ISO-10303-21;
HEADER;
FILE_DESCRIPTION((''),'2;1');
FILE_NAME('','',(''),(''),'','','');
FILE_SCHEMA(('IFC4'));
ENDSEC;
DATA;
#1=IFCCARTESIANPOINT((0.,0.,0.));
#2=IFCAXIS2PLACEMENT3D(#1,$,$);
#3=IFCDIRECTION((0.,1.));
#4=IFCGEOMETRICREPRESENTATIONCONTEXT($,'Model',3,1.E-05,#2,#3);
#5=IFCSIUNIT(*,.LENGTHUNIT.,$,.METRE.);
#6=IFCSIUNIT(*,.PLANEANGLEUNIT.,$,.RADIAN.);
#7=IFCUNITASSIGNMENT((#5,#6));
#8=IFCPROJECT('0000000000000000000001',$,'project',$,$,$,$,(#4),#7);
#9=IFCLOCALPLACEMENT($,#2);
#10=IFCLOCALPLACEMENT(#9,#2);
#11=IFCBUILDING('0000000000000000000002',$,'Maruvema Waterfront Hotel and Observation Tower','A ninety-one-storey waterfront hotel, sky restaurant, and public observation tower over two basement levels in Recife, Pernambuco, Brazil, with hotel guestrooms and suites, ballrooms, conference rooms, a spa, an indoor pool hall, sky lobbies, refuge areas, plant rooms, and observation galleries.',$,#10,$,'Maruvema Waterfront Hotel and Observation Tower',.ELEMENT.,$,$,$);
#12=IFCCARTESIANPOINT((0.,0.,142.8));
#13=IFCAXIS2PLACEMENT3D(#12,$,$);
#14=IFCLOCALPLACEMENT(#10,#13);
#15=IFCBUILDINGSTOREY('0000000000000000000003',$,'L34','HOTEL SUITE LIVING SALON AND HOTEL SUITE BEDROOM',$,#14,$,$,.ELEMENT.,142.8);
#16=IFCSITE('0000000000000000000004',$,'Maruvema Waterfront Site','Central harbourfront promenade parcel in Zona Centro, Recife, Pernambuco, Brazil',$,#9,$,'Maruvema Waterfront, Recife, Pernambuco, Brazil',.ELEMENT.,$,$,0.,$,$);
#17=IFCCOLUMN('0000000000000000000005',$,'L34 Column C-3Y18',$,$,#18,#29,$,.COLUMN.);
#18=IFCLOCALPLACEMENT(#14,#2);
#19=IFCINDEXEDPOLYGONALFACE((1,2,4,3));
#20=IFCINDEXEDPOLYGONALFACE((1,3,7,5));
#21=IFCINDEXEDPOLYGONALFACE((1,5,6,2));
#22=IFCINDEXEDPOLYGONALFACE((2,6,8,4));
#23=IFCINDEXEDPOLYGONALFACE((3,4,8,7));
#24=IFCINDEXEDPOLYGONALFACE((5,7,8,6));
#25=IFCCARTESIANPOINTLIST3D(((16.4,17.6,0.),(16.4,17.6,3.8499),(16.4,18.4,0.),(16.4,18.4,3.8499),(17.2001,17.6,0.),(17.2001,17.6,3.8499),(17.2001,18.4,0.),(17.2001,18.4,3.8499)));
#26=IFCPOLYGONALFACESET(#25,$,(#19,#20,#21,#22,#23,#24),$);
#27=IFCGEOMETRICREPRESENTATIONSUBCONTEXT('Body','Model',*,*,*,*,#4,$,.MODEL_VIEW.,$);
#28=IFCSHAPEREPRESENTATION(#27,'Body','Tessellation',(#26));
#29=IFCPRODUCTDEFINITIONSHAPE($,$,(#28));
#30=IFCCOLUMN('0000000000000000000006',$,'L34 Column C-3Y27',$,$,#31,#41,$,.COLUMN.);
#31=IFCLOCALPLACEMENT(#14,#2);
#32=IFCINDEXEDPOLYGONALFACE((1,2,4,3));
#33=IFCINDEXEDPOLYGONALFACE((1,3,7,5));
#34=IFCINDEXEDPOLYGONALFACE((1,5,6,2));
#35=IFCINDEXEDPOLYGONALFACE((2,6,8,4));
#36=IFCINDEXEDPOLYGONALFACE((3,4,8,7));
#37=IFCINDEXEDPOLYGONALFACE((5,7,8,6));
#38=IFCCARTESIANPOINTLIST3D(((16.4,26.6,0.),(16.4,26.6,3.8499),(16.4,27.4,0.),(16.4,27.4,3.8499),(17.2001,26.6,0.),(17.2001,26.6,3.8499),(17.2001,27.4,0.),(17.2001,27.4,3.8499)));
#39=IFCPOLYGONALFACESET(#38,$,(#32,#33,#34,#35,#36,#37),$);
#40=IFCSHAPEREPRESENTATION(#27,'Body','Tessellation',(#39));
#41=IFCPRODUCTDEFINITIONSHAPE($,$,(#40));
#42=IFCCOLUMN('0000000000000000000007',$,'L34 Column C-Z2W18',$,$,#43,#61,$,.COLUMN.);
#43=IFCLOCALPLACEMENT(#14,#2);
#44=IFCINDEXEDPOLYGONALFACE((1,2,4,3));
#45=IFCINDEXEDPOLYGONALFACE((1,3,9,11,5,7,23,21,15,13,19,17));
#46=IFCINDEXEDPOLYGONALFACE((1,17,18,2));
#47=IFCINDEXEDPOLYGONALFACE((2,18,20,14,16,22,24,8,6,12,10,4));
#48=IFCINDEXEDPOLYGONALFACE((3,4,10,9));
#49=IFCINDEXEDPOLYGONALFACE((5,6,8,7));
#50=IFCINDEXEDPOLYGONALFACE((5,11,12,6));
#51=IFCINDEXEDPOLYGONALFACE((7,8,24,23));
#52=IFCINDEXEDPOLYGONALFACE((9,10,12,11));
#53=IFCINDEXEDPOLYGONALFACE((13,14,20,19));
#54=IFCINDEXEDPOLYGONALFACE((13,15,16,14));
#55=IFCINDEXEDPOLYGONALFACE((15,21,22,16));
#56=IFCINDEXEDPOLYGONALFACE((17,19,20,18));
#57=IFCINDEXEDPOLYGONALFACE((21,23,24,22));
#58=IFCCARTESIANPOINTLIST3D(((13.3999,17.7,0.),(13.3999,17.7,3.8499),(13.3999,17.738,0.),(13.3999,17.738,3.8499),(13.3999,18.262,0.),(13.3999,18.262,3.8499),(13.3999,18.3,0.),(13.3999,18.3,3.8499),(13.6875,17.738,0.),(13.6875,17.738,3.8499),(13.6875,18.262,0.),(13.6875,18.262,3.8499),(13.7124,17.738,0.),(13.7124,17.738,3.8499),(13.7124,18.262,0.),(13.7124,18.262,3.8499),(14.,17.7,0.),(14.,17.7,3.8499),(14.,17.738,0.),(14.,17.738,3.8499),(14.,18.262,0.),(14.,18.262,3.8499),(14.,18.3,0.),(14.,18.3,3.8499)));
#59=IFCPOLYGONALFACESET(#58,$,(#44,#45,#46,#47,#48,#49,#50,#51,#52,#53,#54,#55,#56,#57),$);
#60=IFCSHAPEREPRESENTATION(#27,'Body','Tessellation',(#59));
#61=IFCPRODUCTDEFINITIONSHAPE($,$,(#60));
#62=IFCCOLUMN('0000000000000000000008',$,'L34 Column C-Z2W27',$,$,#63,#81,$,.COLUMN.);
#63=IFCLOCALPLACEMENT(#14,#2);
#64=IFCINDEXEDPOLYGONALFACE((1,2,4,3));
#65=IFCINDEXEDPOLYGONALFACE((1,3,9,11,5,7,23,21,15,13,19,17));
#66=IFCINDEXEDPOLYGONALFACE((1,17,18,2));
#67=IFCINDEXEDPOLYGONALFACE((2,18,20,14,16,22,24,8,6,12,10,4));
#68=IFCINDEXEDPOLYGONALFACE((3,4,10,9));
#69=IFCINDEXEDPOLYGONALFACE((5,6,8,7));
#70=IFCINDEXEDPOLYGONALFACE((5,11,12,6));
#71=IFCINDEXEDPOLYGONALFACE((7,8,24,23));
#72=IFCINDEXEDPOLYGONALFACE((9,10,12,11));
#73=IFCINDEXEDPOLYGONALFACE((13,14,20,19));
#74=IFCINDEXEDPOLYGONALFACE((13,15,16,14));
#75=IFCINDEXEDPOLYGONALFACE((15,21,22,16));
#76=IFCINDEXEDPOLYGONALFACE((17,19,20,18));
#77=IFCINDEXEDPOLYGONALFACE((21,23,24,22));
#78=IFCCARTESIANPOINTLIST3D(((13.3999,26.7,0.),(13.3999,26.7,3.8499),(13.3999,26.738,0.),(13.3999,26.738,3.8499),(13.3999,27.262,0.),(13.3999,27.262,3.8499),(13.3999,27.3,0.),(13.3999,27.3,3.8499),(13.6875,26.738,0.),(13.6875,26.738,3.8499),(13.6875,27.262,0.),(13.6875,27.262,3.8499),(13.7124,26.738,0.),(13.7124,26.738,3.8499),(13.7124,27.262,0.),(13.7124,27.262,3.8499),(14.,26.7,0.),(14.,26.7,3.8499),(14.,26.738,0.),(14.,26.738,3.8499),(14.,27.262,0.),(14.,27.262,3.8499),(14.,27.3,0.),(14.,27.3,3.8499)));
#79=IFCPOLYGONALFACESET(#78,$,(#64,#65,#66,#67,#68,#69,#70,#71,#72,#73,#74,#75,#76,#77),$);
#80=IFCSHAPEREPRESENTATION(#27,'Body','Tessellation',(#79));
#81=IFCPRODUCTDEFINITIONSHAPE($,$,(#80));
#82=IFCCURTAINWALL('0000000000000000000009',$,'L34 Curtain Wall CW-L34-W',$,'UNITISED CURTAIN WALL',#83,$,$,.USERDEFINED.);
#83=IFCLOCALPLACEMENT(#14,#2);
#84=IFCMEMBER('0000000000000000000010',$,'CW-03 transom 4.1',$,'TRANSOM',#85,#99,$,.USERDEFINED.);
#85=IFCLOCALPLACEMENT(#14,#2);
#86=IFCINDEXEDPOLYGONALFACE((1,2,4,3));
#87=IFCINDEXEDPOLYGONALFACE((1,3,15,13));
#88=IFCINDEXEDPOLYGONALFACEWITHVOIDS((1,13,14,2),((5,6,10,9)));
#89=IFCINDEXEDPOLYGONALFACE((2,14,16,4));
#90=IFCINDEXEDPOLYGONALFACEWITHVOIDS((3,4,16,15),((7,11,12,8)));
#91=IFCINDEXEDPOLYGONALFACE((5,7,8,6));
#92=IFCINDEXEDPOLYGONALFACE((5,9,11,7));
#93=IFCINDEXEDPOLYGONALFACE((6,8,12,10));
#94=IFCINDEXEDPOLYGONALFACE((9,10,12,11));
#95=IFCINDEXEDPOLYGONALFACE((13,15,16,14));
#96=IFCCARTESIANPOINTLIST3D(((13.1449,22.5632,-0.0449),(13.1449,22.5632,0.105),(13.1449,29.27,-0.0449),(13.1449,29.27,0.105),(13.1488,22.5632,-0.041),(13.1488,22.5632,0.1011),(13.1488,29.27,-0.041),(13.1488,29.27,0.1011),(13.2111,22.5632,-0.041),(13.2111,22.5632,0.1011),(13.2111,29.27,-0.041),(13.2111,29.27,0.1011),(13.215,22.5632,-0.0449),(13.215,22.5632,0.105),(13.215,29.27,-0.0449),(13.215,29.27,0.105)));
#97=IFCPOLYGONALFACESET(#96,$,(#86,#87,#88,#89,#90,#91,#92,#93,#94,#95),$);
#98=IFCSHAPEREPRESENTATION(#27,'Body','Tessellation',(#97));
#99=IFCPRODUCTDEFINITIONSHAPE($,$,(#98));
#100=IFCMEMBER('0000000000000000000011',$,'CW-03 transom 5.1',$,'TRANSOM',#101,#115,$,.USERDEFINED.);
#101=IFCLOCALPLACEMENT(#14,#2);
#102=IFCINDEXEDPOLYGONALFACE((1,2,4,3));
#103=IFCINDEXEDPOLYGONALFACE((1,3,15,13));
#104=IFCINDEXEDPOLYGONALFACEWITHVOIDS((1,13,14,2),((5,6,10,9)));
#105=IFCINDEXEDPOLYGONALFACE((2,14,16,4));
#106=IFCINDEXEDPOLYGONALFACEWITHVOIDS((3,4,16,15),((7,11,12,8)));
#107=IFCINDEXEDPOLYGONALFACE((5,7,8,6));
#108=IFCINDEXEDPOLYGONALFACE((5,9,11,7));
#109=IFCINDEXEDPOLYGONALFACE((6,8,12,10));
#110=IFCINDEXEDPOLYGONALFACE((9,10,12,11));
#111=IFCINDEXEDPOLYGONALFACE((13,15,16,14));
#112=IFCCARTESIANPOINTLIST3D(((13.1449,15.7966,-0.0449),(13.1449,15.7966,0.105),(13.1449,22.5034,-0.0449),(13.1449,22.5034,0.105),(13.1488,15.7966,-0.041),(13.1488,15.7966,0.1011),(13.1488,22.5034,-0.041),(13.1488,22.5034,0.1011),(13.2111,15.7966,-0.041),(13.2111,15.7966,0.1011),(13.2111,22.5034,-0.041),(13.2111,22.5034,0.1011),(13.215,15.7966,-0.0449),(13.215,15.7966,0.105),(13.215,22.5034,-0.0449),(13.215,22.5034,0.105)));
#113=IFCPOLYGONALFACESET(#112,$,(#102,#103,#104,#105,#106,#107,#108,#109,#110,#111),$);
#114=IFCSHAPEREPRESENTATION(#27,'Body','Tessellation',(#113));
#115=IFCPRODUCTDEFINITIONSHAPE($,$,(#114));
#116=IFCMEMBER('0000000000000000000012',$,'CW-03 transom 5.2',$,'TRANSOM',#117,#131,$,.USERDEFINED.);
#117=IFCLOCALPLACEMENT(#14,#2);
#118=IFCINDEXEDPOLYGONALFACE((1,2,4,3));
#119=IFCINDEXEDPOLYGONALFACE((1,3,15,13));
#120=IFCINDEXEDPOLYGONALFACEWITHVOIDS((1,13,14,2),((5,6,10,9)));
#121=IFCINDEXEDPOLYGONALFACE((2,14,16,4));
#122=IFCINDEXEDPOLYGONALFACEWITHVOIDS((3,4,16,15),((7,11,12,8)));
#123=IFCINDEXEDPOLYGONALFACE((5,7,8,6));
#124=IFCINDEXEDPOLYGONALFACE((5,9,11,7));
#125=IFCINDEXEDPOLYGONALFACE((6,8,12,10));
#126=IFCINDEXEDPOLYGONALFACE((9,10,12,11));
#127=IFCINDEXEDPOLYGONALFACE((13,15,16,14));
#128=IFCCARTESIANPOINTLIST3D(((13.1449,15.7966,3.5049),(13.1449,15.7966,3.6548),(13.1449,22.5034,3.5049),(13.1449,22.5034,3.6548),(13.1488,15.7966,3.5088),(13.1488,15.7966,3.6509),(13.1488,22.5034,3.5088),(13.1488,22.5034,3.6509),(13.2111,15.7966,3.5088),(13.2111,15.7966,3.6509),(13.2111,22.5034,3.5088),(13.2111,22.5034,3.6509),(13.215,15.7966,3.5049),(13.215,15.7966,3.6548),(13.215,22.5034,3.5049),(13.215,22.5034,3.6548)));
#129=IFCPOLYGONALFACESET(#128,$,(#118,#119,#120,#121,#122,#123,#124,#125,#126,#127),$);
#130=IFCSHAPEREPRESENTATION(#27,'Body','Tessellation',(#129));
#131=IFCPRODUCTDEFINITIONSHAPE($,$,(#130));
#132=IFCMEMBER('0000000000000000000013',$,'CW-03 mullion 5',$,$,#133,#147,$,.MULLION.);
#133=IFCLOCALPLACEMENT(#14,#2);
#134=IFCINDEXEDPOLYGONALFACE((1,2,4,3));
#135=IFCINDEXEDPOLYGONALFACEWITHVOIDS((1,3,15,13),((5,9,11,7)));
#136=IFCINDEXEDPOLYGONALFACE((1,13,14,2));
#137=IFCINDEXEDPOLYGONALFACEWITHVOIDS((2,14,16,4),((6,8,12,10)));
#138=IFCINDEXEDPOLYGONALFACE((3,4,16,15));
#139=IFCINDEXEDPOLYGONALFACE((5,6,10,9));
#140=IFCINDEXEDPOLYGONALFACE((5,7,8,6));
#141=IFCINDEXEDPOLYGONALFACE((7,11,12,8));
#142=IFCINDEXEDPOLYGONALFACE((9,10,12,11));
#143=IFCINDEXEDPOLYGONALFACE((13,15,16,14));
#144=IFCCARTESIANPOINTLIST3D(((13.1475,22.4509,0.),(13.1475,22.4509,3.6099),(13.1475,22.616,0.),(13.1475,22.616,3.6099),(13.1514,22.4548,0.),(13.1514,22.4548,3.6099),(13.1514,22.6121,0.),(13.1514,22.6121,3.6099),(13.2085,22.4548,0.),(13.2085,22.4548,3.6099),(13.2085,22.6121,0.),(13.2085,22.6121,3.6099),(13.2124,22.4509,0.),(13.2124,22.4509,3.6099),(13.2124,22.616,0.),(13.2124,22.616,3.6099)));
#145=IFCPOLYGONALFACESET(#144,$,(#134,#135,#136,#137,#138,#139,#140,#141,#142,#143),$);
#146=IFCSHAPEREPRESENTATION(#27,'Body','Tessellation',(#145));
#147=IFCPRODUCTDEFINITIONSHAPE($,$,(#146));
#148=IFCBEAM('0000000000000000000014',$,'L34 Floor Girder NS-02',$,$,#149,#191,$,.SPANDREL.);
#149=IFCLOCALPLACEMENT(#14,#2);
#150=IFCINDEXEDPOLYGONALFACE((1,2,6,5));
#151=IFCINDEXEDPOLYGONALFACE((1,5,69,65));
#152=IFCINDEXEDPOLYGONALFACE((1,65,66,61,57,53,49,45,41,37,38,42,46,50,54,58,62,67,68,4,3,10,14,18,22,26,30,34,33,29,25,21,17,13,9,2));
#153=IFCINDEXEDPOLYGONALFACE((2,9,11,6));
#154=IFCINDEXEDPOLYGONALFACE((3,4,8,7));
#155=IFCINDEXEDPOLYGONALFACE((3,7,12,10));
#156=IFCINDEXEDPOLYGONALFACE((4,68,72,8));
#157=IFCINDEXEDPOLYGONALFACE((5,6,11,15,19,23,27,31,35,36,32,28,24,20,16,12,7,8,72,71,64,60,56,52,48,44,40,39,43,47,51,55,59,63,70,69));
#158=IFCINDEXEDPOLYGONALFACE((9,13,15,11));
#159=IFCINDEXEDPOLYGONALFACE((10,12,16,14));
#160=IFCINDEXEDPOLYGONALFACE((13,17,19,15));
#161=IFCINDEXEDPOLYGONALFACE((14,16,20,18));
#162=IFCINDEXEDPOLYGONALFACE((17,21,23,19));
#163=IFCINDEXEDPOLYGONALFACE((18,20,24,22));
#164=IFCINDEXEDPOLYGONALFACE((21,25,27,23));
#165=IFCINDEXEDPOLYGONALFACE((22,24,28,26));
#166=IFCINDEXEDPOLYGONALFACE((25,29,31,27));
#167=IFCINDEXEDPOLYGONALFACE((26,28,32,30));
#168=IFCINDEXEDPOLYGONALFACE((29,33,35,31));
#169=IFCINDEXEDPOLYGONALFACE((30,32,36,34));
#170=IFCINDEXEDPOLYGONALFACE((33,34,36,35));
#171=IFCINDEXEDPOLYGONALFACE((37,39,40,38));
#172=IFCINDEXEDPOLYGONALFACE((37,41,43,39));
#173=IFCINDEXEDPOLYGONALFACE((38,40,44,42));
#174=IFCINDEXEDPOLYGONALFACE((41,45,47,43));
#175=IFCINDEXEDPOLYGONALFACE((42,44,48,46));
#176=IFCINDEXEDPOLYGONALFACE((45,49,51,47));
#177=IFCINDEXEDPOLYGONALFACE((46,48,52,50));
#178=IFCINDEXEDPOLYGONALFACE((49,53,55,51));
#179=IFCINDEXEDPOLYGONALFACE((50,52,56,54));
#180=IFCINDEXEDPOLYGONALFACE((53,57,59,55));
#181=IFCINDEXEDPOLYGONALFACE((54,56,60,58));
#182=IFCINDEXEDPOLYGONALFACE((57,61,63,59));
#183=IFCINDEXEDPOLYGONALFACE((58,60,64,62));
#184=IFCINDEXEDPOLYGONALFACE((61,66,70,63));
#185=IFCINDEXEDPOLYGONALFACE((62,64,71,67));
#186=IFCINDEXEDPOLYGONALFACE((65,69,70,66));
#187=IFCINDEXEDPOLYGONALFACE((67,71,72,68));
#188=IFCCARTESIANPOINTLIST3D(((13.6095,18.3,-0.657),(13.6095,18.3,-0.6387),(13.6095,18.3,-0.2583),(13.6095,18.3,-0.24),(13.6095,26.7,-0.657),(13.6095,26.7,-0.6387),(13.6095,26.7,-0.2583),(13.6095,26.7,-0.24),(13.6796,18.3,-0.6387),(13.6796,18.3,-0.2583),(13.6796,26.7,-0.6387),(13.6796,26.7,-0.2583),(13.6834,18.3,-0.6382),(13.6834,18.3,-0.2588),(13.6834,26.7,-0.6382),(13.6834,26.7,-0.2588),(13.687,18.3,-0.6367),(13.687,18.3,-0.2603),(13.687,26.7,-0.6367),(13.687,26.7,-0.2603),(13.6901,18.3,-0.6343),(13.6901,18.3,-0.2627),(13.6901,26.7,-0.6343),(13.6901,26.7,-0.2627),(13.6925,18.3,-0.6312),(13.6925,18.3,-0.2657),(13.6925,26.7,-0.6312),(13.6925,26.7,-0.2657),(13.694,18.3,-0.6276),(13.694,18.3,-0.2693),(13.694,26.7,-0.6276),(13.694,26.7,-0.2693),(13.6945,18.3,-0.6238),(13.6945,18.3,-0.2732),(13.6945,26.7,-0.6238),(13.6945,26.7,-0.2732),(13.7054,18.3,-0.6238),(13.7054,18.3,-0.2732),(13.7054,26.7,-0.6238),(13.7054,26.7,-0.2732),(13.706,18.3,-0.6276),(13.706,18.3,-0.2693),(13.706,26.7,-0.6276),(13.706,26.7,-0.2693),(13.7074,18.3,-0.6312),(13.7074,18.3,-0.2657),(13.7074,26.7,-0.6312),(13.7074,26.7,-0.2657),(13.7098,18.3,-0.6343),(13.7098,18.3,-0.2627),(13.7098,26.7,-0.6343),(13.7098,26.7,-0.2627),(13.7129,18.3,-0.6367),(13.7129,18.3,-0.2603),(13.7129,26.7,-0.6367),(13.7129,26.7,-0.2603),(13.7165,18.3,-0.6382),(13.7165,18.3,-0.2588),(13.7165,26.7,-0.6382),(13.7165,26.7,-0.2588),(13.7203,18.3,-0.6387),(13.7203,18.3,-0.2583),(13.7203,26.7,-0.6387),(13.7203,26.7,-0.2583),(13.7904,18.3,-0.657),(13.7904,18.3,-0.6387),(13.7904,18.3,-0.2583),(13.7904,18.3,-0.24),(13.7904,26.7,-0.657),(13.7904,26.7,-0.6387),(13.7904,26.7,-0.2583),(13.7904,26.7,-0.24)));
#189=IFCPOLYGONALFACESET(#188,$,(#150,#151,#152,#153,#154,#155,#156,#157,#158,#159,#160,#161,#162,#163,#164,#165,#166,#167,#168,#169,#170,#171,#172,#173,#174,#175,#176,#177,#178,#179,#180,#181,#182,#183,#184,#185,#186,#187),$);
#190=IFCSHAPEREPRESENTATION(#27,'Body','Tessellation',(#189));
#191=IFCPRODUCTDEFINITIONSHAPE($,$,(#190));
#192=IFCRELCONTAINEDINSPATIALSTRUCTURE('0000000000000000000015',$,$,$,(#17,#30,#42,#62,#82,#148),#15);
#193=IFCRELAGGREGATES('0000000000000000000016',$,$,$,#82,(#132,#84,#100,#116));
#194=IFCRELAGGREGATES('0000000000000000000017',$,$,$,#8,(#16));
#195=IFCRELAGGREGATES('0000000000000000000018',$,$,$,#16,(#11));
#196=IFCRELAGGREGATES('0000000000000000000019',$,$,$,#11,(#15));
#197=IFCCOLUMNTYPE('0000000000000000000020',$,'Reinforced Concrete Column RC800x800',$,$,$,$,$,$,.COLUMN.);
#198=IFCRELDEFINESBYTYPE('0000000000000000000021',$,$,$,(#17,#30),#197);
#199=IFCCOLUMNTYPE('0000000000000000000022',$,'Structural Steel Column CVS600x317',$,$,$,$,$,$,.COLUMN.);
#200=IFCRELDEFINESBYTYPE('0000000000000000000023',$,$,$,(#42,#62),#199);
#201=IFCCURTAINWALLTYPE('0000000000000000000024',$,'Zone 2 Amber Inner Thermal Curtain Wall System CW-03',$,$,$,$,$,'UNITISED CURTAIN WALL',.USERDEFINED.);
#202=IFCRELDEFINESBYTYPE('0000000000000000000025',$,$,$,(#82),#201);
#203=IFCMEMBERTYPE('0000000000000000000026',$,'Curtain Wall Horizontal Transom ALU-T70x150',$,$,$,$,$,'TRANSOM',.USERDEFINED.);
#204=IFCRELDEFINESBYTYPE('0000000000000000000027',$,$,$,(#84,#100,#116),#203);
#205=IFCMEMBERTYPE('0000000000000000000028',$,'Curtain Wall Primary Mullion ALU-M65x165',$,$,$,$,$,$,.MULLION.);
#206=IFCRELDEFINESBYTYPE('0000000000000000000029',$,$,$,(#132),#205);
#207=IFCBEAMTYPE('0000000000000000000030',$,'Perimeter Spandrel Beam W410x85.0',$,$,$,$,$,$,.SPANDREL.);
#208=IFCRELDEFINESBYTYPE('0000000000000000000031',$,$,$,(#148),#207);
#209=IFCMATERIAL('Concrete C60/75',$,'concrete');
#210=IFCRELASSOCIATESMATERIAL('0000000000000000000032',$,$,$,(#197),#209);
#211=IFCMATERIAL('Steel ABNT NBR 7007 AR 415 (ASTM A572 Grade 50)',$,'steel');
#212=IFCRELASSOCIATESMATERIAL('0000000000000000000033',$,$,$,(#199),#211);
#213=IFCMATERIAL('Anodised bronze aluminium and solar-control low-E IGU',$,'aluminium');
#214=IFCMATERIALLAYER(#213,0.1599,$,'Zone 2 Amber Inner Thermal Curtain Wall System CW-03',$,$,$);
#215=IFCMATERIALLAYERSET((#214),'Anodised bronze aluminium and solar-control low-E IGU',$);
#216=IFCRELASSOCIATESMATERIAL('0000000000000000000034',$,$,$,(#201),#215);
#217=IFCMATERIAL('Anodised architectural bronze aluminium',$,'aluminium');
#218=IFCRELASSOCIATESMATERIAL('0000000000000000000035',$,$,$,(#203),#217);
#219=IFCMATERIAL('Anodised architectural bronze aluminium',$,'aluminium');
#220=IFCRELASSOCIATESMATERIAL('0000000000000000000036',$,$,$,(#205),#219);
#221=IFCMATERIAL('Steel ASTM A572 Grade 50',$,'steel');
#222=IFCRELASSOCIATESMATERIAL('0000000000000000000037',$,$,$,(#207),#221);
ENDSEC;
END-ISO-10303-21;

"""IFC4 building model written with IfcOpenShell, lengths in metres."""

from ifc_helpers import new_model, si_unit, direction, frame, origin, origin_2d, place, context, subcontext, project, spatial, rectangle, hollow_rectangle, i_section, extrude, material, layer, layer_set, material_profile, profile_set, type_object, element, aggregate, save


model = new_model("IFC4")

# Units and contexts
model_context = context("Model", 3, precision=1e-05, world=origin(), true_north=direction((0.0, 1.0)))
body_context = subcontext(model_context, "Body", "Model", "MODEL_VIEW")
ifc_project = project(units=[si_unit("LENGTHUNIT", "METRE"), si_unit("PLANEANGLEUNIT", "RADIAN")], contexts=[model_context])

# Site, building, storey
site_placement = place(None, origin())
site = spatial("IfcSite", under=ifc_project, at=site_placement, Name="Maruvema Waterfront Site", Description="Central harbourfront promenade parcel in Zona Centro, Recife, Pernambuco, Brazil", LongName="Maruvema Waterfront, Recife, Pernambuco, Brazil", CompositionType="ELEMENT", RefElevation=0.0)
building_placement = place(site_placement, origin())
building = spatial("IfcBuilding", under=site, at=building_placement, Name="Maruvema Waterfront Hotel and Observation Tower", Description="A ninety-one-storey waterfront hotel, sky restaurant, and public observation tower over two basement levels in Recife, Pernambuco, Brazil, with hotel guestrooms and suites, ballrooms, conference rooms, a spa, an indoor pool hall, sky lobbies, refuge areas, plant rooms, and observation galleries.", LongName="Maruvema Waterfront Hotel and Observation Tower", CompositionType="ELEMENT")
storey_placement = place(building_placement, frame((0.0, 0.0, 142.8)))
storey = spatial("IfcBuildingStorey", under=building, at=storey_placement, Name="L34", Description="HOTEL SUITE LIVING SALON AND HOTEL SUITE BEDROOM", CompositionType="ELEMENT", Elevation=142.8)

# Columns
ifc_material_1 = material(Name="Concrete C60/75", Category="concrete")
ifc_material_profile_1 = material_profile(ifc_material_1, rectangle(XDim=0.8, YDim=0.8, at=origin_2d()), Name="RC800x800")
ifc_profile_set_1 = profile_set([ifc_material_profile_1], Name="Concrete C60/75")
column_type_1 = type_object("IfcColumnType", Name="Reinforced Concrete Column RC800x800", PredefinedType="COLUMN", material=ifc_profile_set_1)
for number, where, z_axis, x_axis, name in (
    (1, (16.8, 18.0, 0.0), (0.0, 0.0, 1.0), (1.0, 0.0, 0.0), "L34 Column C-3Y18"),
    (2, (16.8, 27.0, 0.0), (0.0, 0.0, 1.0), (1.0, 0.0, 0.0), "L34 Column C-3Y27"),
):
    element("IfcColumn", number, at=place(storey_placement, frame(where, z_axis=z_axis, x_axis=x_axis)), inside=storey, type_object=column_type_1, Name=name, PredefinedType="COLUMN", context=body_context, shape_type="SweptSolid", body=[
        extrude(rectangle(XDim=0.8, YDim=0.8, at=origin_2d()), origin(), (0.0, 0.0, 1.0), 3.8499),
    ])
ifc_material_2 = material(Name="Steel ABNT NBR 7007 AR 415 (ASTM A572 Grade 50)", Category="steel")
ifc_material_profile_2 = material_profile(ifc_material_2, i_section(OverallWidth=0.6001, OverallDepth=0.6001, WebThickness=0.0249, FlangeThickness=0.0381, at=origin_2d()), Name="CVS600x317")
ifc_profile_set_2 = profile_set([ifc_material_profile_2], Name="Steel ABNT NBR 7007 AR 415 (ASTM A572 Grade 50)")
column_type_2 = type_object("IfcColumnType", Name="Structural Steel Column CVS600x317", PredefinedType="COLUMN", material=ifc_profile_set_2)
for number, where, z_axis, x_axis, name in (
    (3, (13.7, 18.0, 0.0), (0.0, 0.0, 1.0), (1.0, 0.0, 0.0), "L34 Column C-Z2W18"),
    (4, (13.7, 27.0, 0.0), (0.0, 0.0, 1.0), (1.0, 0.0, 0.0), "L34 Column C-Z2W27"),
):
    element("IfcColumn", number, at=place(storey_placement, frame(where, z_axis=z_axis, x_axis=x_axis)), inside=storey, type_object=column_type_2, Name=name, PredefinedType="COLUMN", context=body_context, shape_type="SweptSolid", body=[
        extrude(i_section(OverallWidth=0.6001, OverallDepth=0.6001, WebThickness=0.0249, FlangeThickness=0.0381, at=origin_2d()), origin(), (0.0, 0.0, 1.0), 3.8499),
    ])

# Curtain wall, members
ifc_material_3 = material(Name="Anodised bronze aluminium and solar-control low-E IGU", Category="aluminium")
ifc_layer_1 = layer(ifc_material_3, 0.1599, Name="Zone 2 Amber Inner Thermal Curtain Wall System CW-03")
ifc_layer_set_1 = layer_set([ifc_layer_1], Name="Anodised bronze aluminium and solar-control low-E IGU")
curtain_wall_type = type_object("IfcCurtainWallType", Name="Zone 2 Amber Inner Thermal Curtain Wall System CW-03", ElementType="UNITISED CURTAIN WALL", PredefinedType="USERDEFINED", material=ifc_layer_set_1)
curtain_wall_placement = place(storey_placement, origin())
curtain_wall = element("IfcCurtainWall", 5, at=curtain_wall_placement, inside=storey, type_object=curtain_wall_type, Name="L34 Curtain Wall CW-L34-W", ObjectType="UNITISED CURTAIN WALL", PredefinedType="USERDEFINED")
ifc_material_4 = material(Name="Anodised architectural bronze aluminium", Category="aluminium")
ifc_material_profile_3 = material_profile(ifc_material_4, hollow_rectangle(XDim=0.0701, YDim=0.1499, WallThickness=0.0039, at=origin_2d()), Name="ALU-T70x150")
ifc_profile_set_3 = profile_set([ifc_material_profile_3], Name="Anodised architectural bronze aluminium")
member_type_1 = type_object("IfcMemberType", Name="Curtain Wall Horizontal Transom ALU-T70x150", ElementType="TRANSOM", PredefinedType="USERDEFINED", material=ifc_profile_set_3)
member_1_placement = place(storey_placement, frame((13.1799, 29.27, 0.03), z_axis=(0.0, -1.0, 0.0), x_axis=(1.0, 0.0, 0.0)))
member_1 = element("IfcMember", 6, at=member_1_placement, type_object=member_type_1, Name="CW-03 transom 4.1", ObjectType="TRANSOM", PredefinedType="USERDEFINED", context=body_context, shape_type="SweptSolid", body=[
    extrude(hollow_rectangle(XDim=0.0701, YDim=0.1499, WallThickness=0.0039, at=origin_2d()), origin(), (0.0, 0.0, 1.0), 6.7068),
])
member_2_placement = place(storey_placement, frame((13.1799, 22.5034, 0.03), z_axis=(0.0, -1.0, 0.0), x_axis=(1.0, 0.0, 0.0)))
member_2 = element("IfcMember", 7, at=member_2_placement, type_object=member_type_1, Name="CW-03 transom 5.1", ObjectType="TRANSOM", PredefinedType="USERDEFINED", context=body_context, shape_type="SweptSolid", body=[
    extrude(hollow_rectangle(XDim=0.0701, YDim=0.1499, WallThickness=0.0039, at=origin_2d()), origin(), (0.0, 0.0, 1.0), 6.7068),
])
member_3_placement = place(storey_placement, frame((13.1799, 22.5034, 3.5798), z_axis=(0.0, -1.0, 0.0), x_axis=(1.0, 0.0, 0.0)))
member_3 = element("IfcMember", 8, at=member_3_placement, type_object=member_type_1, Name="CW-03 transom 5.2", ObjectType="TRANSOM", PredefinedType="USERDEFINED", context=body_context, shape_type="SweptSolid", body=[
    extrude(hollow_rectangle(XDim=0.0701, YDim=0.1499, WallThickness=0.0039, at=origin_2d()), origin(), (0.0, 0.0, 1.0), 6.7068),
])
ifc_material_5 = material(Name="Anodised architectural bronze aluminium", Category="aluminium")
ifc_material_profile_4 = material_profile(ifc_material_5, hollow_rectangle(XDim=0.0649, YDim=0.165, WallThickness=0.0039, at=origin_2d()), Name="ALU-M65x165")
ifc_profile_set_4 = profile_set([ifc_material_profile_4], Name="Anodised architectural bronze aluminium")
member_type_2 = type_object("IfcMemberType", Name="Curtain Wall Primary Mullion ALU-M65x165", PredefinedType="MULLION", material=ifc_profile_set_4)
member_4_placement = place(storey_placement, frame((13.1799, 22.5334, 0.0), z_axis=(0.0, 0.0, 1.0), x_axis=(1.0, 0.0, 0.0)))
member_4 = element("IfcMember", 9, at=member_4_placement, type_object=member_type_2, Name="CW-03 mullion 5", PredefinedType="MULLION", context=body_context, shape_type="SweptSolid", body=[
    extrude(hollow_rectangle(XDim=0.0649, YDim=0.165, WallThickness=0.0039, at=origin_2d()), origin(), (0.0, 0.0, 1.0), 3.6099),
])

# Beam
ifc_material_6 = material(Name="Steel ASTM A572 Grade 50", Category="steel")
ifc_material_profile_5 = material_profile(ifc_material_6, i_section(OverallWidth=0.1809, OverallDepth=0.417, WebThickness=0.011, FlangeThickness=0.0183, FilletRadius=0.0149, at=origin_2d()), Name="W410x85.0")
ifc_profile_set_5 = profile_set([ifc_material_profile_5], Name="Steel ASTM A572 Grade 50")
beam_type_1 = type_object("IfcBeamType", Name="Perimeter Spandrel Beam W410x85.0", PredefinedType="SPANDREL", material=ifc_profile_set_5)
for number, where, z_axis, x_axis, name in (
    (10, (13.7, 18.3, -0.4485), (0.0, 1.0, 0.0), (-1.0, 0.0, 0.0), "L34 Floor Girder NS-02"),
):
    element("IfcBeam", number, at=place(storey_placement, frame(where, z_axis=z_axis, x_axis=x_axis)), inside=storey, type_object=beam_type_1, Name=name, PredefinedType="SPANDREL", context=body_context, shape_type="SweptSolid", body=[
        extrude(i_section(OverallWidth=0.1809, OverallDepth=0.417, WebThickness=0.011, FlangeThickness=0.0183, FilletRadius=0.0149, at=origin_2d()), origin(), (0.0, 0.0, 1.0), 8.3999),
    ])

aggregate(curtain_wall, [member_4, member_1, member_2, member_3])

save(model, "model.ifc")
